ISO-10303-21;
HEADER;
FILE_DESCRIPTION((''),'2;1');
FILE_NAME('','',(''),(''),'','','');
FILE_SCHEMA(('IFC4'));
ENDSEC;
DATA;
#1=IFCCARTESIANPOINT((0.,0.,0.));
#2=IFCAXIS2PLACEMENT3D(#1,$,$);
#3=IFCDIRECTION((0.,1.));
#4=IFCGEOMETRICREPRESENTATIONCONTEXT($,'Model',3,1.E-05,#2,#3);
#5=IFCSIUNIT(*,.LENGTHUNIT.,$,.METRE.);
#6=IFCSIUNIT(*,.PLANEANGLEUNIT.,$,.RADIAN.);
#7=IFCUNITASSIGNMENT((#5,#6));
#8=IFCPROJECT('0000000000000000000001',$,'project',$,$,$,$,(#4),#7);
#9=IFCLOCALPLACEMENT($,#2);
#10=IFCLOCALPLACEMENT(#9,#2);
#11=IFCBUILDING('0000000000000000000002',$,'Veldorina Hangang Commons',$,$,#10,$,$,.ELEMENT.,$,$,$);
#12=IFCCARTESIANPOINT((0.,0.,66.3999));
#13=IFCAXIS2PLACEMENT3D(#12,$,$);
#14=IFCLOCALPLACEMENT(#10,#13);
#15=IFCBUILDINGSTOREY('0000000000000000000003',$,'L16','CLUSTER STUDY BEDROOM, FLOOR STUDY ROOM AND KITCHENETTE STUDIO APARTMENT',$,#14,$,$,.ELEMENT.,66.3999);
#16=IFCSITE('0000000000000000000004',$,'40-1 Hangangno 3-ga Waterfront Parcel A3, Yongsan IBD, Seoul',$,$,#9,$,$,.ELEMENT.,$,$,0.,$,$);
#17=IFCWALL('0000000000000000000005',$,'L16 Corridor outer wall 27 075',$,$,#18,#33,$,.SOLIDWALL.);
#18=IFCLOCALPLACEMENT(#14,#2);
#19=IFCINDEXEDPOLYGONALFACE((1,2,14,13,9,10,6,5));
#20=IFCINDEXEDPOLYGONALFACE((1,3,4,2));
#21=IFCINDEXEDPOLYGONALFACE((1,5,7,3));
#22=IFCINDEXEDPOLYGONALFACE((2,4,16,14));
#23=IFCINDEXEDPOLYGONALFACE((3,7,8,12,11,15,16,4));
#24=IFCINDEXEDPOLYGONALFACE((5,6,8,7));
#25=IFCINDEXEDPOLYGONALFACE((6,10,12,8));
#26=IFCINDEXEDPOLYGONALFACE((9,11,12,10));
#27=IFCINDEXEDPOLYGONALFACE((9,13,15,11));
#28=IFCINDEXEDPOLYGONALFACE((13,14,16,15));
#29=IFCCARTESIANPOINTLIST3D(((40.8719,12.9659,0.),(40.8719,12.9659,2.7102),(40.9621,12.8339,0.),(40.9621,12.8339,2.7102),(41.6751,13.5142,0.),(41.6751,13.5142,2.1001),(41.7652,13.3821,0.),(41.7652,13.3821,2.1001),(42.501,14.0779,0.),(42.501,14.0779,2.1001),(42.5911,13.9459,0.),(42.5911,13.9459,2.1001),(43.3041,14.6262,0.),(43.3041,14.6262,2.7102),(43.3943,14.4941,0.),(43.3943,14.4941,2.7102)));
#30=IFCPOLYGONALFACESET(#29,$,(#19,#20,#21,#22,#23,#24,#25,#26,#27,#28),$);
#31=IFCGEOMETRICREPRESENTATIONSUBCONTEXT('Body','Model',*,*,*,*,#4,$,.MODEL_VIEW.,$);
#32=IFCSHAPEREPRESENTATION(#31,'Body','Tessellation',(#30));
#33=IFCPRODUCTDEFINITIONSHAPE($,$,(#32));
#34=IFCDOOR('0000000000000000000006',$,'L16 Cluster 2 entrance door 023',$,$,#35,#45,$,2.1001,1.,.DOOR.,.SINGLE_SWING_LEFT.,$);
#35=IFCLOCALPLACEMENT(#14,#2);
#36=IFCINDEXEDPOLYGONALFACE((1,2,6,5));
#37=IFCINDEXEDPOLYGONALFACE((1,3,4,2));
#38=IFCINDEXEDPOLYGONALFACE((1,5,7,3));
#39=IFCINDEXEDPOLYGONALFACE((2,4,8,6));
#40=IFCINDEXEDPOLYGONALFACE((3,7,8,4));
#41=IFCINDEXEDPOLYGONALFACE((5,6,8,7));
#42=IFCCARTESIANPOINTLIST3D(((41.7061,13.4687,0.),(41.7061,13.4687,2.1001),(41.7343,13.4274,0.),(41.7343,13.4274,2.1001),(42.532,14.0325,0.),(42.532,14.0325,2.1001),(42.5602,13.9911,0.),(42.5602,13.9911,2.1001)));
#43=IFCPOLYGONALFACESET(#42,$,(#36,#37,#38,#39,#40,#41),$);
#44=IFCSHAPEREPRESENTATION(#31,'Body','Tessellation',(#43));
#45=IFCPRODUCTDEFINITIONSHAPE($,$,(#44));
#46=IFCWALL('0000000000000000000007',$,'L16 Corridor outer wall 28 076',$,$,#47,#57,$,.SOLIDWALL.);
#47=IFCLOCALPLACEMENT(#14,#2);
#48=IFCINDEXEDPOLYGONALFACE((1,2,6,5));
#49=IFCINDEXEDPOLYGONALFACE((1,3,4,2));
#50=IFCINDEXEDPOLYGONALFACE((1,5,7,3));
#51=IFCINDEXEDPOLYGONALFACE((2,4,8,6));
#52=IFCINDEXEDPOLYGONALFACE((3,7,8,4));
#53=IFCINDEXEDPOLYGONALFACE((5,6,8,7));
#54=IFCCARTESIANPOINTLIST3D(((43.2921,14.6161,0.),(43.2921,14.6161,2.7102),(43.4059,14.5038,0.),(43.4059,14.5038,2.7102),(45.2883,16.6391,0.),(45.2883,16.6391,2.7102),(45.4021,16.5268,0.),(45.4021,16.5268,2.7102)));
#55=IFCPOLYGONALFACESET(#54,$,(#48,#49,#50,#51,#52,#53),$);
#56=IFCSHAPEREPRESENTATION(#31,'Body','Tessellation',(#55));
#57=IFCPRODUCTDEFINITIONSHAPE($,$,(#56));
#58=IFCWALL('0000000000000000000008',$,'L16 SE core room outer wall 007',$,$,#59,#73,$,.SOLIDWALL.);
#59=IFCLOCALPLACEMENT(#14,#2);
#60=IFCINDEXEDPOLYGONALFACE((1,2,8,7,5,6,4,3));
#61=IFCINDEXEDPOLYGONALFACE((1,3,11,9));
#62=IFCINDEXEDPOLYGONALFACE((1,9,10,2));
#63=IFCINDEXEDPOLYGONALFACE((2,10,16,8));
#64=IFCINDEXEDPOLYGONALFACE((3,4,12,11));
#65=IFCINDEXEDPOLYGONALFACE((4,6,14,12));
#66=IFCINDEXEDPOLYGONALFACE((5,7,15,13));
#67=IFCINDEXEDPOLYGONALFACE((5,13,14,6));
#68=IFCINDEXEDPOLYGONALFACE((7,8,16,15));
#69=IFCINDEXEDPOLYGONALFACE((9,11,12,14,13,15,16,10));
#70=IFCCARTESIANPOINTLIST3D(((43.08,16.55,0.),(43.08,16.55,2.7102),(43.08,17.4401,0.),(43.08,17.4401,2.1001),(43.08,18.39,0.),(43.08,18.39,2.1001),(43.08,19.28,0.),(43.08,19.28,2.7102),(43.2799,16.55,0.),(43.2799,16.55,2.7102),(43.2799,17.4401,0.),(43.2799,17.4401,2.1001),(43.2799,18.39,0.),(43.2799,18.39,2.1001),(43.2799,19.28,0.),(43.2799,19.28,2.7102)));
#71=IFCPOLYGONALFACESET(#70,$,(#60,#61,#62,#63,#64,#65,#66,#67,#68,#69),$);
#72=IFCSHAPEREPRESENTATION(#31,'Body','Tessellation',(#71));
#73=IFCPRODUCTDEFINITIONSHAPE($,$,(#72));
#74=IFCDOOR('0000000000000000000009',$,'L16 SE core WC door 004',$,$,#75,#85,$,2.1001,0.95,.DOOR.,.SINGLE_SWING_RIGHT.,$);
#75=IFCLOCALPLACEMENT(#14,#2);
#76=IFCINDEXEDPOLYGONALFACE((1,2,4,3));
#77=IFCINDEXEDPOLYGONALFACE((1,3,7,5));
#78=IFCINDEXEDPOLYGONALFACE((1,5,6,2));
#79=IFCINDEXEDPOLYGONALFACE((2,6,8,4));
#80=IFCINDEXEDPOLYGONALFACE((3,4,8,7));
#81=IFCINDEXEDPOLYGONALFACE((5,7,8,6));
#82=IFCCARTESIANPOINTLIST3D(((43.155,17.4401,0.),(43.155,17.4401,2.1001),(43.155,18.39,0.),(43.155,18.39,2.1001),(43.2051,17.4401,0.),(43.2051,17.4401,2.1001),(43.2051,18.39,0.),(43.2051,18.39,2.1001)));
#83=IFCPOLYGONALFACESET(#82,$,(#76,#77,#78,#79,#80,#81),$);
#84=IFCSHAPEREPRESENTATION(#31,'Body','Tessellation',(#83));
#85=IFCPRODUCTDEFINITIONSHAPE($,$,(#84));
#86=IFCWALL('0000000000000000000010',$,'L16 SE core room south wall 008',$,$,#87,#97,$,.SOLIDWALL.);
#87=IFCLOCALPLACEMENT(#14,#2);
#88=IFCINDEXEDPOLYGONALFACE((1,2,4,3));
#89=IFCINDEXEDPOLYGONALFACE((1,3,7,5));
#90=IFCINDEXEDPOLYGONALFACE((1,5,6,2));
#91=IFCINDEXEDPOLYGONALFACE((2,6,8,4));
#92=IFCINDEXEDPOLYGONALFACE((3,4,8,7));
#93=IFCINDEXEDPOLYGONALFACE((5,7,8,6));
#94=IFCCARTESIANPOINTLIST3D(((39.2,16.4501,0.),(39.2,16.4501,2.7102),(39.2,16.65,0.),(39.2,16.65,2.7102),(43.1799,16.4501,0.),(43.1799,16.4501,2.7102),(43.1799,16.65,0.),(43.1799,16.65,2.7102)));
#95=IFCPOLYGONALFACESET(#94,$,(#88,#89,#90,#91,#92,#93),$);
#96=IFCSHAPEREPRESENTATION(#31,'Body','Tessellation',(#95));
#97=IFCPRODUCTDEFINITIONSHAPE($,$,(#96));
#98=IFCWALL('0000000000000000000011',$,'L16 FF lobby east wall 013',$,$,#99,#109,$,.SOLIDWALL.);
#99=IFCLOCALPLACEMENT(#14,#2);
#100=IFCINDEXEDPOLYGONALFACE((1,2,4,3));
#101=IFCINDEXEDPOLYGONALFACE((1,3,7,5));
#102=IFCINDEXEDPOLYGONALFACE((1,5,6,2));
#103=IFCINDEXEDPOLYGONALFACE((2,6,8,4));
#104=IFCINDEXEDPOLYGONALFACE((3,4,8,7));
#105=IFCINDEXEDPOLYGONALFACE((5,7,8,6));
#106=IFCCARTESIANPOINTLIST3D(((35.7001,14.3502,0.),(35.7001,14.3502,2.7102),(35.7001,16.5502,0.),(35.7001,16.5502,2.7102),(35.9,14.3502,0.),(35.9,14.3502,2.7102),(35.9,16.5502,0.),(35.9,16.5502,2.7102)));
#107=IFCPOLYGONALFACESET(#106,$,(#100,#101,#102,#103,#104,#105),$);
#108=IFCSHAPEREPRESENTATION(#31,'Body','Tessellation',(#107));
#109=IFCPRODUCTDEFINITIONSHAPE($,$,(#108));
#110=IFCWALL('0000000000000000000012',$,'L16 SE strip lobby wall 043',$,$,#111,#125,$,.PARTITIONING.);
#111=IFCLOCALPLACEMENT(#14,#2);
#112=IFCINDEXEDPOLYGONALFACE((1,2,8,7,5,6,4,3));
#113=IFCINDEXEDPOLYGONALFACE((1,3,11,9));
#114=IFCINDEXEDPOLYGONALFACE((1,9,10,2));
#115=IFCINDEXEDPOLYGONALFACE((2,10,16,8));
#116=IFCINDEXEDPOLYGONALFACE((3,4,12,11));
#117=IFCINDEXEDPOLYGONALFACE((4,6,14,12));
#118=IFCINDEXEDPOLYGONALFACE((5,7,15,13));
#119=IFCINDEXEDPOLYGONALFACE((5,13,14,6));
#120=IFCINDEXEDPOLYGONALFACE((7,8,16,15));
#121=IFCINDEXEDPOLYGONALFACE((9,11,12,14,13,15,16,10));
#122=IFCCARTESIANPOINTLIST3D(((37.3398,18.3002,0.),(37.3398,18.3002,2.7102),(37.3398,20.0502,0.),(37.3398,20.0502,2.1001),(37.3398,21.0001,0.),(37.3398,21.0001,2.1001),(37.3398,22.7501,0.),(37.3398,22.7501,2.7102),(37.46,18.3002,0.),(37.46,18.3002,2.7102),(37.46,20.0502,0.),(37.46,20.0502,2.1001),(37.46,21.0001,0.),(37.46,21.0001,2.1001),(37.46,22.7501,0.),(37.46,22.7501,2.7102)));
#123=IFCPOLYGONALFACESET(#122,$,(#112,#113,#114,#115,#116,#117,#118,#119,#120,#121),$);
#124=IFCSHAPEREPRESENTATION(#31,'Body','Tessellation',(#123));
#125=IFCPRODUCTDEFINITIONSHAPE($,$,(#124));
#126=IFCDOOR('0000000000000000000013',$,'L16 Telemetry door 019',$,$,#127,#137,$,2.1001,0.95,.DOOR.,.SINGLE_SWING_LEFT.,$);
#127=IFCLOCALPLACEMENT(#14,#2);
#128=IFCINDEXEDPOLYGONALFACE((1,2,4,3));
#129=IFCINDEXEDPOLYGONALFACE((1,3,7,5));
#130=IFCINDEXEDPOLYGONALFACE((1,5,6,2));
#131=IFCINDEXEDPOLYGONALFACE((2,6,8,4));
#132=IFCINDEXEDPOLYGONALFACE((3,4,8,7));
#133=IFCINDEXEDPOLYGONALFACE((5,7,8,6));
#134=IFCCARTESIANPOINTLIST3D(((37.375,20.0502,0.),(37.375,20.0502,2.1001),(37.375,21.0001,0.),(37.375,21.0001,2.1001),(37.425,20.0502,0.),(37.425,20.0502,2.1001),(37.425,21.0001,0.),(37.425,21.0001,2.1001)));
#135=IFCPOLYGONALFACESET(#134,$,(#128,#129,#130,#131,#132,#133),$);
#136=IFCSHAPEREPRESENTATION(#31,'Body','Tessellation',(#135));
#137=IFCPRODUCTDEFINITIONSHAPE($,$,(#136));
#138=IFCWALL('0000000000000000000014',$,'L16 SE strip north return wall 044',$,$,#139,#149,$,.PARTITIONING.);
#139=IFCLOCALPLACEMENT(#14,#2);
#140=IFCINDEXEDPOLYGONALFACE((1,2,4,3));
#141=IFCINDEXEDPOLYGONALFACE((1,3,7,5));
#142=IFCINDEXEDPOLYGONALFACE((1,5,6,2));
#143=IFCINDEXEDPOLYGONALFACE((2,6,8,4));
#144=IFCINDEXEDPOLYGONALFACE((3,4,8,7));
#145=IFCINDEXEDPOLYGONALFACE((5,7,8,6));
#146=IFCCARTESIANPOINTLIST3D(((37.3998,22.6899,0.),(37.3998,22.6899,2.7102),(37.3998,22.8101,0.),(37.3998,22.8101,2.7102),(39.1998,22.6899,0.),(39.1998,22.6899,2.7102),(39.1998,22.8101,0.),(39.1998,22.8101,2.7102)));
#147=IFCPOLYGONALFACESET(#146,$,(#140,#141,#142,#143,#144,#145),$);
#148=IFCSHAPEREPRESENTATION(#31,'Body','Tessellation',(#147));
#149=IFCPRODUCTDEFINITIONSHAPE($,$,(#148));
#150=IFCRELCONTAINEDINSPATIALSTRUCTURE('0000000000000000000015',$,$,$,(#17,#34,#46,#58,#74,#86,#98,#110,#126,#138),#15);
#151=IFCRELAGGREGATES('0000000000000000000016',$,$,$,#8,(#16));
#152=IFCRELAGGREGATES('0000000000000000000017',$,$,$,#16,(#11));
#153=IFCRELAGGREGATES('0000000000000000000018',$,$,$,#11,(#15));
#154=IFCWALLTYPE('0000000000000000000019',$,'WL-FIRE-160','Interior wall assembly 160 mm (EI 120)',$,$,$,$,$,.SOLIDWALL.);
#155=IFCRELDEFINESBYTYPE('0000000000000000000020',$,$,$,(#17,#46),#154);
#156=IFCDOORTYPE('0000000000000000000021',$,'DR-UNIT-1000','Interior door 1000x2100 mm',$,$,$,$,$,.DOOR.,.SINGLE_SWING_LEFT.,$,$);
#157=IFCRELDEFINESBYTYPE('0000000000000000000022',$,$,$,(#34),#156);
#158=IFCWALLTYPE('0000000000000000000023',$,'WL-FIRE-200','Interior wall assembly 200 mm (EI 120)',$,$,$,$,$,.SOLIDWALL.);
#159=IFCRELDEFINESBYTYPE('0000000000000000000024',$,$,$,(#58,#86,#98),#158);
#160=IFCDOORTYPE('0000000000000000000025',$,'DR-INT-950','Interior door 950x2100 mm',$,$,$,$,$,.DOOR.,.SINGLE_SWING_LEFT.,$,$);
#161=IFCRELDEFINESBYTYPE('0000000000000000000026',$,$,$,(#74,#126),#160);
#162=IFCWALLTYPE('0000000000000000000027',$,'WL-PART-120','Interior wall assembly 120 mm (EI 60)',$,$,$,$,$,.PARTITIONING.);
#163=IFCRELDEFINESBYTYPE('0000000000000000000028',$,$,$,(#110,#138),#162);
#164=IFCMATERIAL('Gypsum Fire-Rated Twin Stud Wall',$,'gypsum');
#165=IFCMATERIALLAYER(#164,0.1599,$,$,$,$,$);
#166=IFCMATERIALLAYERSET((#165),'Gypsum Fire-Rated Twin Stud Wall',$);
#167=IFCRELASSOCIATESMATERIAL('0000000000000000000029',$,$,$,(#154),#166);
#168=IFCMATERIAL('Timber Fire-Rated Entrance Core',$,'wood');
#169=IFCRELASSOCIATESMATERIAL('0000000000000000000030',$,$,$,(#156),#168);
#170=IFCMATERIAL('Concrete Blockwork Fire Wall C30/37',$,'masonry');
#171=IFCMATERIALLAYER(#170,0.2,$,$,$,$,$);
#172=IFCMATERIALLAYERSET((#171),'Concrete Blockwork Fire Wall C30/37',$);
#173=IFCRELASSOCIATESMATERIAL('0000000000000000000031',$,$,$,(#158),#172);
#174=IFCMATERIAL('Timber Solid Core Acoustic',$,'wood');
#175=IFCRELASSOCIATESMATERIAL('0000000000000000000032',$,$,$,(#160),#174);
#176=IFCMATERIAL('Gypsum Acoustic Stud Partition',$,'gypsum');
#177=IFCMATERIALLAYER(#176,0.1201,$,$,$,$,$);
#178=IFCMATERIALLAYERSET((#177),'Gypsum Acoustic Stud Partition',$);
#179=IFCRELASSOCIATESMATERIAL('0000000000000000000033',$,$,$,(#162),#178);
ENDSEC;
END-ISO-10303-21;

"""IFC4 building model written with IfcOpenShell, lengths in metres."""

from ifc_helpers import new_model, si_unit, direction, frame, frame_2d, origin, place, context, subcontext, project, spatial, rectangle, extrude, material, layer, layer_set, type_object, element, fill, save


model = new_model("IFC4")

# Units and contexts
model_context = context("Model", 3, precision=1e-05, world=origin(), true_north=direction((0.0, 1.0)))
body_context = subcontext(model_context, "Body", "Model", "MODEL_VIEW")
ifc_project = project(units=[si_unit("LENGTHUNIT", "METRE"), si_unit("PLANEANGLEUNIT", "RADIAN")], contexts=[model_context])

# Site, building, storey
site_placement = place(None, origin())
site = spatial("IfcSite", under=ifc_project, at=site_placement, Name="40-1 Hangangno 3-ga Waterfront Parcel A3, Yongsan IBD, Seoul", CompositionType="ELEMENT", RefElevation=0.0)
building_placement = place(site_placement, origin())
building = spatial("IfcBuilding", under=site, at=building_placement, Name="Veldorina Hangang Commons", CompositionType="ELEMENT")
storey_placement = place(building_placement, frame((0.0, 0.0, 66.3999)))
storey = spatial("IfcBuildingStorey", under=building, at=storey_placement, Name="L16", Description="CLUSTER STUDY BEDROOM, FLOOR STUDY ROOM AND KITCHENETTE STUDIO APARTMENT", CompositionType="ELEMENT", Elevation=66.3999)

# Shared definitions
ifc_material_1 = material(Name="Gypsum Fire-Rated Twin Stud Wall", Category="gypsum")
ifc_layer_1 = layer(ifc_material_1, 0.1599)
ifc_layer_set_1 = layer_set([ifc_layer_1], Name="Gypsum Fire-Rated Twin Stud Wall")
wall_type_1 = type_object("IfcWallType", Name="WL-FIRE-160", Description="Interior wall assembly 160 mm (EI 120)", PredefinedType="SOLIDWALL", material=ifc_layer_set_1)

# Wall, opening, door
wall_1_placement = place(storey_placement, frame((40.917, 12.8999, 0.0), z_axis=(0.0, 0.0, 1.0), x_axis=(0.825929, 0.563774, 0.0)))
wall_1 = element("IfcWall", 1, at=wall_1_placement, inside=storey, type_object=wall_type_1, Name="L16 Corridor outer wall 27 075", PredefinedType="SOLIDWALL", context=body_context, shape_type="SweptSolid", body=[
    extrude(rectangle(XDim=2.9448, YDim=0.1599, at=frame_2d((1.4724, 0.0))), origin(), (0.0, 0.0, 1.0), 2.7102),
])
opening_1_placement = place(wall_1_placement, frame((0.9724, 0.0, 0.0)))
opening_1 = element("IfcOpeningElement", 2, at=opening_1_placement, cuts=wall_1, PredefinedType="OPENING", context=body_context, shape_type="SweptSolid", body=[
    extrude(rectangle(XDim=1.0, YDim=2.1001, at=frame_2d((0.5, 1.05))), frame((0.0, 0.0898, 0.0), z_axis=(0.0, -1.0, 0.0), x_axis=(1.0, 0.0, 0.0)), (0.0, 0.0, 1.0), 0.1799),
])
ifc_material_2 = material(Name="Timber Fire-Rated Entrance Core", Category="wood")
door_type_1 = type_object("IfcDoorType", Name="DR-UNIT-1000", Description="Interior door 1000x2100 mm", OperationType="SINGLE_SWING_LEFT", PredefinedType="DOOR", material=ifc_material_2)
door_1_placement = place(opening_1_placement, origin())
door_1 = element("IfcDoor", 3, at=door_1_placement, inside=storey, type_object=door_type_1, Name="L16 Cluster 2 entrance door 023", OperationType="SINGLE_SWING_LEFT", OverallHeight=2.1001, OverallWidth=1.0, PredefinedType="DOOR", context=body_context, shape_type="SweptSolid", body=[
    extrude(rectangle(XDim=1.0, YDim=2.1001, at=frame_2d((0.5, 1.05))), frame((0.0, 0.0249, 0.0), z_axis=(0.0, -1.0, 0.0), x_axis=(1.0, 0.0, 0.0)), (0.0, 0.0, 1.0), 0.05),
])
fill(opening_1, door_1)

# Wall
wall_2_placement = place(storey_placement, frame((43.3491, 14.5601, 0.0), z_axis=(0.0, 0.0, 1.0), x_axis=(0.702366, 0.711816, 0.0)))
element("IfcWall", 4, at=wall_2_placement, inside=storey, type_object=wall_type_1, Name="L16 Corridor outer wall 28 076", PredefinedType="SOLIDWALL", context=body_context, shape_type="SweptSolid", body=[
    extrude(rectangle(XDim=2.842, YDim=0.1599, at=frame_2d((1.4209, 0.0))), origin(), (0.0, 0.0, 1.0), 2.7102),
])

# Wall, opening, door
ifc_material_3 = material(Name="Concrete Blockwork Fire Wall C30/37", Category="masonry")
ifc_layer_2 = layer(ifc_material_3, 0.2)
ifc_layer_set_2 = layer_set([ifc_layer_2], Name="Concrete Blockwork Fire Wall C30/37")
wall_type_2 = type_object("IfcWallType", Name="WL-FIRE-200", Description="Interior wall assembly 200 mm (EI 120)", PredefinedType="SOLIDWALL", material=ifc_layer_set_2)
wall_3_placement = place(storey_placement, frame((43.1799, 16.55, 0.0), z_axis=(0.0, 0.0, 1.0), x_axis=(0.0, 1.0, 0.0)))
wall_3 = element("IfcWall", 5, at=wall_3_placement, inside=storey, type_object=wall_type_2, Name="L16 SE core room outer wall 007", PredefinedType="SOLIDWALL", context=body_context, shape_type="SweptSolid", body=[
    extrude(rectangle(XDim=2.73, YDim=0.2, at=frame_2d((1.365, 0.0))), origin(), (0.0, 0.0, 1.0), 2.7102),
])
opening_2_placement = place(wall_3_placement, frame((0.8899, 0.0, 0.0)))
opening_2 = element("IfcOpeningElement", 6, at=opening_2_placement, cuts=wall_3, PredefinedType="OPENING", context=body_context, shape_type="SweptSolid", body=[
    extrude(rectangle(XDim=0.95, YDim=2.1001, at=frame_2d((0.4751, 1.05))), frame((0.0, 0.1099, 0.0), z_axis=(0.0, -1.0, 0.0), x_axis=(1.0, 0.0, 0.0)), (0.0, 0.0, 1.0), 0.22),
])
ifc_material_4 = material(Name="Timber Solid Core Acoustic", Category="wood")
door_type_2 = type_object("IfcDoorType", Name="DR-INT-950", Description="Interior door 950x2100 mm", OperationType="SINGLE_SWING_LEFT", PredefinedType="DOOR", material=ifc_material_4)
door_2_placement = place(opening_2_placement, origin())
door_2 = element("IfcDoor", 7, at=door_2_placement, inside=storey, type_object=door_type_2, Name="L16 SE core WC door 004", OperationType="SINGLE_SWING_RIGHT", OverallHeight=2.1001, OverallWidth=0.95, PredefinedType="DOOR", context=body_context, shape_type="SweptSolid", body=[
    extrude(rectangle(XDim=0.95, YDim=2.1001, at=frame_2d((0.4751, 1.05))), frame((0.0, 0.0249, 0.0), z_axis=(0.0, -1.0, 0.0), x_axis=(1.0, 0.0, 0.0)), (0.0, 0.0, 1.0), 0.05),
])
fill(opening_2, door_2)

# Walls
wall_4_placement = place(storey_placement, frame((39.2, 16.55, 0.0), z_axis=(0.0, 0.0, 1.0), x_axis=(1.0, 0.0, 0.0)))
element("IfcWall", 8, at=wall_4_placement, inside=storey, type_object=wall_type_2, Name="L16 SE core room south wall 008", PredefinedType="SOLIDWALL", context=body_context, shape_type="SweptSolid", body=[
    extrude(rectangle(XDim=3.98, YDim=0.2, at=frame_2d((1.99, 0.0))), origin(), (0.0, 0.0, 1.0), 2.7102),
])
wall_5_placement = place(storey_placement, frame((35.8, 14.3501, 0.0), z_axis=(0.0, 0.0, 1.0), x_axis=(0.0, 1.0, 0.0)))
element("IfcWall", 9, at=wall_5_placement, inside=storey, type_object=wall_type_2, Name="L16 FF lobby east wall 013", PredefinedType="SOLIDWALL", context=body_context, shape_type="SweptSolid", body=[
    extrude(rectangle(XDim=2.2, YDim=0.2, at=frame_2d((1.1001, 0.0))), origin(), (0.0, 0.0, 1.0), 2.7102),
])

# Wall, opening, door
ifc_material_5 = material(Name="Gypsum Acoustic Stud Partition", Category="gypsum")
ifc_layer_3 = layer(ifc_material_5, 0.1201)
ifc_layer_set_3 = layer_set([ifc_layer_3], Name="Gypsum Acoustic Stud Partition")
wall_type_3 = type_object("IfcWallType", Name="WL-PART-120", Description="Interior wall assembly 120 mm (EI 60)", PredefinedType="PARTITIONING", material=ifc_layer_set_3)
wall_6_placement = place(storey_placement, frame((37.3999, 18.3, 0.0), z_axis=(0.0, 0.0, 1.0), x_axis=(0.0, 1.0, 0.0)))
wall_6 = element("IfcWall", 10, at=wall_6_placement, inside=storey, type_object=wall_type_3, Name="L16 SE strip lobby wall 043", PredefinedType="PARTITIONING", context=body_context, shape_type="SweptSolid", body=[
    extrude(rectangle(XDim=4.45, YDim=0.1201, at=frame_2d((2.2251, 0.0))), origin(), (0.0, 0.0, 1.0), 2.7102),
])
opening_3_placement = place(wall_6_placement, frame((1.75, 0.0, 0.0)))
opening_3 = element("IfcOpeningElement", 11, at=opening_3_placement, cuts=wall_6, PredefinedType="OPENING", context=body_context, shape_type="SweptSolid", body=[
    extrude(rectangle(XDim=0.95, YDim=2.1001, at=frame_2d((0.4751, 1.05))), frame((0.0, 0.0701, 0.0), z_axis=(0.0, -1.0, 0.0), x_axis=(1.0, 0.0, 0.0)), (0.0, 0.0, 1.0), 0.1401),
])
door_3_placement = place(opening_3_placement, origin())
door_3 = element("IfcDoor", 12, at=door_3_placement, inside=storey, type_object=door_type_2, Name="L16 Telemetry door 019", OperationType="SINGLE_SWING_LEFT", OverallHeight=2.1001, OverallWidth=0.95, PredefinedType="DOOR", context=body_context, shape_type="SweptSolid", body=[
    extrude(rectangle(XDim=0.95, YDim=2.1001, at=frame_2d((0.4751, 1.05))), frame((0.0, 0.0249, 0.0), z_axis=(0.0, -1.0, 0.0), x_axis=(1.0, 0.0, 0.0)), (0.0, 0.0, 1.0), 0.05),
])
fill(opening_3, door_3)

# Wall
wall_7_placement = place(storey_placement, frame((37.3999, 22.75, 0.0), z_axis=(0.0, 0.0, 1.0), x_axis=(1.0, 0.0, 0.0)))
element("IfcWall", 13, at=wall_7_placement, inside=storey, type_object=wall_type_3, Name="L16 SE strip north return wall 044", PredefinedType="PARTITIONING", context=body_context, shape_type="SweptSolid", body=[
    extrude(rectangle(XDim=1.8, YDim=0.1201, at=frame_2d((0.8999, 0.0))), origin(), (0.0, 0.0, 1.0), 2.7102),
])

save(model, "model.ifc")
